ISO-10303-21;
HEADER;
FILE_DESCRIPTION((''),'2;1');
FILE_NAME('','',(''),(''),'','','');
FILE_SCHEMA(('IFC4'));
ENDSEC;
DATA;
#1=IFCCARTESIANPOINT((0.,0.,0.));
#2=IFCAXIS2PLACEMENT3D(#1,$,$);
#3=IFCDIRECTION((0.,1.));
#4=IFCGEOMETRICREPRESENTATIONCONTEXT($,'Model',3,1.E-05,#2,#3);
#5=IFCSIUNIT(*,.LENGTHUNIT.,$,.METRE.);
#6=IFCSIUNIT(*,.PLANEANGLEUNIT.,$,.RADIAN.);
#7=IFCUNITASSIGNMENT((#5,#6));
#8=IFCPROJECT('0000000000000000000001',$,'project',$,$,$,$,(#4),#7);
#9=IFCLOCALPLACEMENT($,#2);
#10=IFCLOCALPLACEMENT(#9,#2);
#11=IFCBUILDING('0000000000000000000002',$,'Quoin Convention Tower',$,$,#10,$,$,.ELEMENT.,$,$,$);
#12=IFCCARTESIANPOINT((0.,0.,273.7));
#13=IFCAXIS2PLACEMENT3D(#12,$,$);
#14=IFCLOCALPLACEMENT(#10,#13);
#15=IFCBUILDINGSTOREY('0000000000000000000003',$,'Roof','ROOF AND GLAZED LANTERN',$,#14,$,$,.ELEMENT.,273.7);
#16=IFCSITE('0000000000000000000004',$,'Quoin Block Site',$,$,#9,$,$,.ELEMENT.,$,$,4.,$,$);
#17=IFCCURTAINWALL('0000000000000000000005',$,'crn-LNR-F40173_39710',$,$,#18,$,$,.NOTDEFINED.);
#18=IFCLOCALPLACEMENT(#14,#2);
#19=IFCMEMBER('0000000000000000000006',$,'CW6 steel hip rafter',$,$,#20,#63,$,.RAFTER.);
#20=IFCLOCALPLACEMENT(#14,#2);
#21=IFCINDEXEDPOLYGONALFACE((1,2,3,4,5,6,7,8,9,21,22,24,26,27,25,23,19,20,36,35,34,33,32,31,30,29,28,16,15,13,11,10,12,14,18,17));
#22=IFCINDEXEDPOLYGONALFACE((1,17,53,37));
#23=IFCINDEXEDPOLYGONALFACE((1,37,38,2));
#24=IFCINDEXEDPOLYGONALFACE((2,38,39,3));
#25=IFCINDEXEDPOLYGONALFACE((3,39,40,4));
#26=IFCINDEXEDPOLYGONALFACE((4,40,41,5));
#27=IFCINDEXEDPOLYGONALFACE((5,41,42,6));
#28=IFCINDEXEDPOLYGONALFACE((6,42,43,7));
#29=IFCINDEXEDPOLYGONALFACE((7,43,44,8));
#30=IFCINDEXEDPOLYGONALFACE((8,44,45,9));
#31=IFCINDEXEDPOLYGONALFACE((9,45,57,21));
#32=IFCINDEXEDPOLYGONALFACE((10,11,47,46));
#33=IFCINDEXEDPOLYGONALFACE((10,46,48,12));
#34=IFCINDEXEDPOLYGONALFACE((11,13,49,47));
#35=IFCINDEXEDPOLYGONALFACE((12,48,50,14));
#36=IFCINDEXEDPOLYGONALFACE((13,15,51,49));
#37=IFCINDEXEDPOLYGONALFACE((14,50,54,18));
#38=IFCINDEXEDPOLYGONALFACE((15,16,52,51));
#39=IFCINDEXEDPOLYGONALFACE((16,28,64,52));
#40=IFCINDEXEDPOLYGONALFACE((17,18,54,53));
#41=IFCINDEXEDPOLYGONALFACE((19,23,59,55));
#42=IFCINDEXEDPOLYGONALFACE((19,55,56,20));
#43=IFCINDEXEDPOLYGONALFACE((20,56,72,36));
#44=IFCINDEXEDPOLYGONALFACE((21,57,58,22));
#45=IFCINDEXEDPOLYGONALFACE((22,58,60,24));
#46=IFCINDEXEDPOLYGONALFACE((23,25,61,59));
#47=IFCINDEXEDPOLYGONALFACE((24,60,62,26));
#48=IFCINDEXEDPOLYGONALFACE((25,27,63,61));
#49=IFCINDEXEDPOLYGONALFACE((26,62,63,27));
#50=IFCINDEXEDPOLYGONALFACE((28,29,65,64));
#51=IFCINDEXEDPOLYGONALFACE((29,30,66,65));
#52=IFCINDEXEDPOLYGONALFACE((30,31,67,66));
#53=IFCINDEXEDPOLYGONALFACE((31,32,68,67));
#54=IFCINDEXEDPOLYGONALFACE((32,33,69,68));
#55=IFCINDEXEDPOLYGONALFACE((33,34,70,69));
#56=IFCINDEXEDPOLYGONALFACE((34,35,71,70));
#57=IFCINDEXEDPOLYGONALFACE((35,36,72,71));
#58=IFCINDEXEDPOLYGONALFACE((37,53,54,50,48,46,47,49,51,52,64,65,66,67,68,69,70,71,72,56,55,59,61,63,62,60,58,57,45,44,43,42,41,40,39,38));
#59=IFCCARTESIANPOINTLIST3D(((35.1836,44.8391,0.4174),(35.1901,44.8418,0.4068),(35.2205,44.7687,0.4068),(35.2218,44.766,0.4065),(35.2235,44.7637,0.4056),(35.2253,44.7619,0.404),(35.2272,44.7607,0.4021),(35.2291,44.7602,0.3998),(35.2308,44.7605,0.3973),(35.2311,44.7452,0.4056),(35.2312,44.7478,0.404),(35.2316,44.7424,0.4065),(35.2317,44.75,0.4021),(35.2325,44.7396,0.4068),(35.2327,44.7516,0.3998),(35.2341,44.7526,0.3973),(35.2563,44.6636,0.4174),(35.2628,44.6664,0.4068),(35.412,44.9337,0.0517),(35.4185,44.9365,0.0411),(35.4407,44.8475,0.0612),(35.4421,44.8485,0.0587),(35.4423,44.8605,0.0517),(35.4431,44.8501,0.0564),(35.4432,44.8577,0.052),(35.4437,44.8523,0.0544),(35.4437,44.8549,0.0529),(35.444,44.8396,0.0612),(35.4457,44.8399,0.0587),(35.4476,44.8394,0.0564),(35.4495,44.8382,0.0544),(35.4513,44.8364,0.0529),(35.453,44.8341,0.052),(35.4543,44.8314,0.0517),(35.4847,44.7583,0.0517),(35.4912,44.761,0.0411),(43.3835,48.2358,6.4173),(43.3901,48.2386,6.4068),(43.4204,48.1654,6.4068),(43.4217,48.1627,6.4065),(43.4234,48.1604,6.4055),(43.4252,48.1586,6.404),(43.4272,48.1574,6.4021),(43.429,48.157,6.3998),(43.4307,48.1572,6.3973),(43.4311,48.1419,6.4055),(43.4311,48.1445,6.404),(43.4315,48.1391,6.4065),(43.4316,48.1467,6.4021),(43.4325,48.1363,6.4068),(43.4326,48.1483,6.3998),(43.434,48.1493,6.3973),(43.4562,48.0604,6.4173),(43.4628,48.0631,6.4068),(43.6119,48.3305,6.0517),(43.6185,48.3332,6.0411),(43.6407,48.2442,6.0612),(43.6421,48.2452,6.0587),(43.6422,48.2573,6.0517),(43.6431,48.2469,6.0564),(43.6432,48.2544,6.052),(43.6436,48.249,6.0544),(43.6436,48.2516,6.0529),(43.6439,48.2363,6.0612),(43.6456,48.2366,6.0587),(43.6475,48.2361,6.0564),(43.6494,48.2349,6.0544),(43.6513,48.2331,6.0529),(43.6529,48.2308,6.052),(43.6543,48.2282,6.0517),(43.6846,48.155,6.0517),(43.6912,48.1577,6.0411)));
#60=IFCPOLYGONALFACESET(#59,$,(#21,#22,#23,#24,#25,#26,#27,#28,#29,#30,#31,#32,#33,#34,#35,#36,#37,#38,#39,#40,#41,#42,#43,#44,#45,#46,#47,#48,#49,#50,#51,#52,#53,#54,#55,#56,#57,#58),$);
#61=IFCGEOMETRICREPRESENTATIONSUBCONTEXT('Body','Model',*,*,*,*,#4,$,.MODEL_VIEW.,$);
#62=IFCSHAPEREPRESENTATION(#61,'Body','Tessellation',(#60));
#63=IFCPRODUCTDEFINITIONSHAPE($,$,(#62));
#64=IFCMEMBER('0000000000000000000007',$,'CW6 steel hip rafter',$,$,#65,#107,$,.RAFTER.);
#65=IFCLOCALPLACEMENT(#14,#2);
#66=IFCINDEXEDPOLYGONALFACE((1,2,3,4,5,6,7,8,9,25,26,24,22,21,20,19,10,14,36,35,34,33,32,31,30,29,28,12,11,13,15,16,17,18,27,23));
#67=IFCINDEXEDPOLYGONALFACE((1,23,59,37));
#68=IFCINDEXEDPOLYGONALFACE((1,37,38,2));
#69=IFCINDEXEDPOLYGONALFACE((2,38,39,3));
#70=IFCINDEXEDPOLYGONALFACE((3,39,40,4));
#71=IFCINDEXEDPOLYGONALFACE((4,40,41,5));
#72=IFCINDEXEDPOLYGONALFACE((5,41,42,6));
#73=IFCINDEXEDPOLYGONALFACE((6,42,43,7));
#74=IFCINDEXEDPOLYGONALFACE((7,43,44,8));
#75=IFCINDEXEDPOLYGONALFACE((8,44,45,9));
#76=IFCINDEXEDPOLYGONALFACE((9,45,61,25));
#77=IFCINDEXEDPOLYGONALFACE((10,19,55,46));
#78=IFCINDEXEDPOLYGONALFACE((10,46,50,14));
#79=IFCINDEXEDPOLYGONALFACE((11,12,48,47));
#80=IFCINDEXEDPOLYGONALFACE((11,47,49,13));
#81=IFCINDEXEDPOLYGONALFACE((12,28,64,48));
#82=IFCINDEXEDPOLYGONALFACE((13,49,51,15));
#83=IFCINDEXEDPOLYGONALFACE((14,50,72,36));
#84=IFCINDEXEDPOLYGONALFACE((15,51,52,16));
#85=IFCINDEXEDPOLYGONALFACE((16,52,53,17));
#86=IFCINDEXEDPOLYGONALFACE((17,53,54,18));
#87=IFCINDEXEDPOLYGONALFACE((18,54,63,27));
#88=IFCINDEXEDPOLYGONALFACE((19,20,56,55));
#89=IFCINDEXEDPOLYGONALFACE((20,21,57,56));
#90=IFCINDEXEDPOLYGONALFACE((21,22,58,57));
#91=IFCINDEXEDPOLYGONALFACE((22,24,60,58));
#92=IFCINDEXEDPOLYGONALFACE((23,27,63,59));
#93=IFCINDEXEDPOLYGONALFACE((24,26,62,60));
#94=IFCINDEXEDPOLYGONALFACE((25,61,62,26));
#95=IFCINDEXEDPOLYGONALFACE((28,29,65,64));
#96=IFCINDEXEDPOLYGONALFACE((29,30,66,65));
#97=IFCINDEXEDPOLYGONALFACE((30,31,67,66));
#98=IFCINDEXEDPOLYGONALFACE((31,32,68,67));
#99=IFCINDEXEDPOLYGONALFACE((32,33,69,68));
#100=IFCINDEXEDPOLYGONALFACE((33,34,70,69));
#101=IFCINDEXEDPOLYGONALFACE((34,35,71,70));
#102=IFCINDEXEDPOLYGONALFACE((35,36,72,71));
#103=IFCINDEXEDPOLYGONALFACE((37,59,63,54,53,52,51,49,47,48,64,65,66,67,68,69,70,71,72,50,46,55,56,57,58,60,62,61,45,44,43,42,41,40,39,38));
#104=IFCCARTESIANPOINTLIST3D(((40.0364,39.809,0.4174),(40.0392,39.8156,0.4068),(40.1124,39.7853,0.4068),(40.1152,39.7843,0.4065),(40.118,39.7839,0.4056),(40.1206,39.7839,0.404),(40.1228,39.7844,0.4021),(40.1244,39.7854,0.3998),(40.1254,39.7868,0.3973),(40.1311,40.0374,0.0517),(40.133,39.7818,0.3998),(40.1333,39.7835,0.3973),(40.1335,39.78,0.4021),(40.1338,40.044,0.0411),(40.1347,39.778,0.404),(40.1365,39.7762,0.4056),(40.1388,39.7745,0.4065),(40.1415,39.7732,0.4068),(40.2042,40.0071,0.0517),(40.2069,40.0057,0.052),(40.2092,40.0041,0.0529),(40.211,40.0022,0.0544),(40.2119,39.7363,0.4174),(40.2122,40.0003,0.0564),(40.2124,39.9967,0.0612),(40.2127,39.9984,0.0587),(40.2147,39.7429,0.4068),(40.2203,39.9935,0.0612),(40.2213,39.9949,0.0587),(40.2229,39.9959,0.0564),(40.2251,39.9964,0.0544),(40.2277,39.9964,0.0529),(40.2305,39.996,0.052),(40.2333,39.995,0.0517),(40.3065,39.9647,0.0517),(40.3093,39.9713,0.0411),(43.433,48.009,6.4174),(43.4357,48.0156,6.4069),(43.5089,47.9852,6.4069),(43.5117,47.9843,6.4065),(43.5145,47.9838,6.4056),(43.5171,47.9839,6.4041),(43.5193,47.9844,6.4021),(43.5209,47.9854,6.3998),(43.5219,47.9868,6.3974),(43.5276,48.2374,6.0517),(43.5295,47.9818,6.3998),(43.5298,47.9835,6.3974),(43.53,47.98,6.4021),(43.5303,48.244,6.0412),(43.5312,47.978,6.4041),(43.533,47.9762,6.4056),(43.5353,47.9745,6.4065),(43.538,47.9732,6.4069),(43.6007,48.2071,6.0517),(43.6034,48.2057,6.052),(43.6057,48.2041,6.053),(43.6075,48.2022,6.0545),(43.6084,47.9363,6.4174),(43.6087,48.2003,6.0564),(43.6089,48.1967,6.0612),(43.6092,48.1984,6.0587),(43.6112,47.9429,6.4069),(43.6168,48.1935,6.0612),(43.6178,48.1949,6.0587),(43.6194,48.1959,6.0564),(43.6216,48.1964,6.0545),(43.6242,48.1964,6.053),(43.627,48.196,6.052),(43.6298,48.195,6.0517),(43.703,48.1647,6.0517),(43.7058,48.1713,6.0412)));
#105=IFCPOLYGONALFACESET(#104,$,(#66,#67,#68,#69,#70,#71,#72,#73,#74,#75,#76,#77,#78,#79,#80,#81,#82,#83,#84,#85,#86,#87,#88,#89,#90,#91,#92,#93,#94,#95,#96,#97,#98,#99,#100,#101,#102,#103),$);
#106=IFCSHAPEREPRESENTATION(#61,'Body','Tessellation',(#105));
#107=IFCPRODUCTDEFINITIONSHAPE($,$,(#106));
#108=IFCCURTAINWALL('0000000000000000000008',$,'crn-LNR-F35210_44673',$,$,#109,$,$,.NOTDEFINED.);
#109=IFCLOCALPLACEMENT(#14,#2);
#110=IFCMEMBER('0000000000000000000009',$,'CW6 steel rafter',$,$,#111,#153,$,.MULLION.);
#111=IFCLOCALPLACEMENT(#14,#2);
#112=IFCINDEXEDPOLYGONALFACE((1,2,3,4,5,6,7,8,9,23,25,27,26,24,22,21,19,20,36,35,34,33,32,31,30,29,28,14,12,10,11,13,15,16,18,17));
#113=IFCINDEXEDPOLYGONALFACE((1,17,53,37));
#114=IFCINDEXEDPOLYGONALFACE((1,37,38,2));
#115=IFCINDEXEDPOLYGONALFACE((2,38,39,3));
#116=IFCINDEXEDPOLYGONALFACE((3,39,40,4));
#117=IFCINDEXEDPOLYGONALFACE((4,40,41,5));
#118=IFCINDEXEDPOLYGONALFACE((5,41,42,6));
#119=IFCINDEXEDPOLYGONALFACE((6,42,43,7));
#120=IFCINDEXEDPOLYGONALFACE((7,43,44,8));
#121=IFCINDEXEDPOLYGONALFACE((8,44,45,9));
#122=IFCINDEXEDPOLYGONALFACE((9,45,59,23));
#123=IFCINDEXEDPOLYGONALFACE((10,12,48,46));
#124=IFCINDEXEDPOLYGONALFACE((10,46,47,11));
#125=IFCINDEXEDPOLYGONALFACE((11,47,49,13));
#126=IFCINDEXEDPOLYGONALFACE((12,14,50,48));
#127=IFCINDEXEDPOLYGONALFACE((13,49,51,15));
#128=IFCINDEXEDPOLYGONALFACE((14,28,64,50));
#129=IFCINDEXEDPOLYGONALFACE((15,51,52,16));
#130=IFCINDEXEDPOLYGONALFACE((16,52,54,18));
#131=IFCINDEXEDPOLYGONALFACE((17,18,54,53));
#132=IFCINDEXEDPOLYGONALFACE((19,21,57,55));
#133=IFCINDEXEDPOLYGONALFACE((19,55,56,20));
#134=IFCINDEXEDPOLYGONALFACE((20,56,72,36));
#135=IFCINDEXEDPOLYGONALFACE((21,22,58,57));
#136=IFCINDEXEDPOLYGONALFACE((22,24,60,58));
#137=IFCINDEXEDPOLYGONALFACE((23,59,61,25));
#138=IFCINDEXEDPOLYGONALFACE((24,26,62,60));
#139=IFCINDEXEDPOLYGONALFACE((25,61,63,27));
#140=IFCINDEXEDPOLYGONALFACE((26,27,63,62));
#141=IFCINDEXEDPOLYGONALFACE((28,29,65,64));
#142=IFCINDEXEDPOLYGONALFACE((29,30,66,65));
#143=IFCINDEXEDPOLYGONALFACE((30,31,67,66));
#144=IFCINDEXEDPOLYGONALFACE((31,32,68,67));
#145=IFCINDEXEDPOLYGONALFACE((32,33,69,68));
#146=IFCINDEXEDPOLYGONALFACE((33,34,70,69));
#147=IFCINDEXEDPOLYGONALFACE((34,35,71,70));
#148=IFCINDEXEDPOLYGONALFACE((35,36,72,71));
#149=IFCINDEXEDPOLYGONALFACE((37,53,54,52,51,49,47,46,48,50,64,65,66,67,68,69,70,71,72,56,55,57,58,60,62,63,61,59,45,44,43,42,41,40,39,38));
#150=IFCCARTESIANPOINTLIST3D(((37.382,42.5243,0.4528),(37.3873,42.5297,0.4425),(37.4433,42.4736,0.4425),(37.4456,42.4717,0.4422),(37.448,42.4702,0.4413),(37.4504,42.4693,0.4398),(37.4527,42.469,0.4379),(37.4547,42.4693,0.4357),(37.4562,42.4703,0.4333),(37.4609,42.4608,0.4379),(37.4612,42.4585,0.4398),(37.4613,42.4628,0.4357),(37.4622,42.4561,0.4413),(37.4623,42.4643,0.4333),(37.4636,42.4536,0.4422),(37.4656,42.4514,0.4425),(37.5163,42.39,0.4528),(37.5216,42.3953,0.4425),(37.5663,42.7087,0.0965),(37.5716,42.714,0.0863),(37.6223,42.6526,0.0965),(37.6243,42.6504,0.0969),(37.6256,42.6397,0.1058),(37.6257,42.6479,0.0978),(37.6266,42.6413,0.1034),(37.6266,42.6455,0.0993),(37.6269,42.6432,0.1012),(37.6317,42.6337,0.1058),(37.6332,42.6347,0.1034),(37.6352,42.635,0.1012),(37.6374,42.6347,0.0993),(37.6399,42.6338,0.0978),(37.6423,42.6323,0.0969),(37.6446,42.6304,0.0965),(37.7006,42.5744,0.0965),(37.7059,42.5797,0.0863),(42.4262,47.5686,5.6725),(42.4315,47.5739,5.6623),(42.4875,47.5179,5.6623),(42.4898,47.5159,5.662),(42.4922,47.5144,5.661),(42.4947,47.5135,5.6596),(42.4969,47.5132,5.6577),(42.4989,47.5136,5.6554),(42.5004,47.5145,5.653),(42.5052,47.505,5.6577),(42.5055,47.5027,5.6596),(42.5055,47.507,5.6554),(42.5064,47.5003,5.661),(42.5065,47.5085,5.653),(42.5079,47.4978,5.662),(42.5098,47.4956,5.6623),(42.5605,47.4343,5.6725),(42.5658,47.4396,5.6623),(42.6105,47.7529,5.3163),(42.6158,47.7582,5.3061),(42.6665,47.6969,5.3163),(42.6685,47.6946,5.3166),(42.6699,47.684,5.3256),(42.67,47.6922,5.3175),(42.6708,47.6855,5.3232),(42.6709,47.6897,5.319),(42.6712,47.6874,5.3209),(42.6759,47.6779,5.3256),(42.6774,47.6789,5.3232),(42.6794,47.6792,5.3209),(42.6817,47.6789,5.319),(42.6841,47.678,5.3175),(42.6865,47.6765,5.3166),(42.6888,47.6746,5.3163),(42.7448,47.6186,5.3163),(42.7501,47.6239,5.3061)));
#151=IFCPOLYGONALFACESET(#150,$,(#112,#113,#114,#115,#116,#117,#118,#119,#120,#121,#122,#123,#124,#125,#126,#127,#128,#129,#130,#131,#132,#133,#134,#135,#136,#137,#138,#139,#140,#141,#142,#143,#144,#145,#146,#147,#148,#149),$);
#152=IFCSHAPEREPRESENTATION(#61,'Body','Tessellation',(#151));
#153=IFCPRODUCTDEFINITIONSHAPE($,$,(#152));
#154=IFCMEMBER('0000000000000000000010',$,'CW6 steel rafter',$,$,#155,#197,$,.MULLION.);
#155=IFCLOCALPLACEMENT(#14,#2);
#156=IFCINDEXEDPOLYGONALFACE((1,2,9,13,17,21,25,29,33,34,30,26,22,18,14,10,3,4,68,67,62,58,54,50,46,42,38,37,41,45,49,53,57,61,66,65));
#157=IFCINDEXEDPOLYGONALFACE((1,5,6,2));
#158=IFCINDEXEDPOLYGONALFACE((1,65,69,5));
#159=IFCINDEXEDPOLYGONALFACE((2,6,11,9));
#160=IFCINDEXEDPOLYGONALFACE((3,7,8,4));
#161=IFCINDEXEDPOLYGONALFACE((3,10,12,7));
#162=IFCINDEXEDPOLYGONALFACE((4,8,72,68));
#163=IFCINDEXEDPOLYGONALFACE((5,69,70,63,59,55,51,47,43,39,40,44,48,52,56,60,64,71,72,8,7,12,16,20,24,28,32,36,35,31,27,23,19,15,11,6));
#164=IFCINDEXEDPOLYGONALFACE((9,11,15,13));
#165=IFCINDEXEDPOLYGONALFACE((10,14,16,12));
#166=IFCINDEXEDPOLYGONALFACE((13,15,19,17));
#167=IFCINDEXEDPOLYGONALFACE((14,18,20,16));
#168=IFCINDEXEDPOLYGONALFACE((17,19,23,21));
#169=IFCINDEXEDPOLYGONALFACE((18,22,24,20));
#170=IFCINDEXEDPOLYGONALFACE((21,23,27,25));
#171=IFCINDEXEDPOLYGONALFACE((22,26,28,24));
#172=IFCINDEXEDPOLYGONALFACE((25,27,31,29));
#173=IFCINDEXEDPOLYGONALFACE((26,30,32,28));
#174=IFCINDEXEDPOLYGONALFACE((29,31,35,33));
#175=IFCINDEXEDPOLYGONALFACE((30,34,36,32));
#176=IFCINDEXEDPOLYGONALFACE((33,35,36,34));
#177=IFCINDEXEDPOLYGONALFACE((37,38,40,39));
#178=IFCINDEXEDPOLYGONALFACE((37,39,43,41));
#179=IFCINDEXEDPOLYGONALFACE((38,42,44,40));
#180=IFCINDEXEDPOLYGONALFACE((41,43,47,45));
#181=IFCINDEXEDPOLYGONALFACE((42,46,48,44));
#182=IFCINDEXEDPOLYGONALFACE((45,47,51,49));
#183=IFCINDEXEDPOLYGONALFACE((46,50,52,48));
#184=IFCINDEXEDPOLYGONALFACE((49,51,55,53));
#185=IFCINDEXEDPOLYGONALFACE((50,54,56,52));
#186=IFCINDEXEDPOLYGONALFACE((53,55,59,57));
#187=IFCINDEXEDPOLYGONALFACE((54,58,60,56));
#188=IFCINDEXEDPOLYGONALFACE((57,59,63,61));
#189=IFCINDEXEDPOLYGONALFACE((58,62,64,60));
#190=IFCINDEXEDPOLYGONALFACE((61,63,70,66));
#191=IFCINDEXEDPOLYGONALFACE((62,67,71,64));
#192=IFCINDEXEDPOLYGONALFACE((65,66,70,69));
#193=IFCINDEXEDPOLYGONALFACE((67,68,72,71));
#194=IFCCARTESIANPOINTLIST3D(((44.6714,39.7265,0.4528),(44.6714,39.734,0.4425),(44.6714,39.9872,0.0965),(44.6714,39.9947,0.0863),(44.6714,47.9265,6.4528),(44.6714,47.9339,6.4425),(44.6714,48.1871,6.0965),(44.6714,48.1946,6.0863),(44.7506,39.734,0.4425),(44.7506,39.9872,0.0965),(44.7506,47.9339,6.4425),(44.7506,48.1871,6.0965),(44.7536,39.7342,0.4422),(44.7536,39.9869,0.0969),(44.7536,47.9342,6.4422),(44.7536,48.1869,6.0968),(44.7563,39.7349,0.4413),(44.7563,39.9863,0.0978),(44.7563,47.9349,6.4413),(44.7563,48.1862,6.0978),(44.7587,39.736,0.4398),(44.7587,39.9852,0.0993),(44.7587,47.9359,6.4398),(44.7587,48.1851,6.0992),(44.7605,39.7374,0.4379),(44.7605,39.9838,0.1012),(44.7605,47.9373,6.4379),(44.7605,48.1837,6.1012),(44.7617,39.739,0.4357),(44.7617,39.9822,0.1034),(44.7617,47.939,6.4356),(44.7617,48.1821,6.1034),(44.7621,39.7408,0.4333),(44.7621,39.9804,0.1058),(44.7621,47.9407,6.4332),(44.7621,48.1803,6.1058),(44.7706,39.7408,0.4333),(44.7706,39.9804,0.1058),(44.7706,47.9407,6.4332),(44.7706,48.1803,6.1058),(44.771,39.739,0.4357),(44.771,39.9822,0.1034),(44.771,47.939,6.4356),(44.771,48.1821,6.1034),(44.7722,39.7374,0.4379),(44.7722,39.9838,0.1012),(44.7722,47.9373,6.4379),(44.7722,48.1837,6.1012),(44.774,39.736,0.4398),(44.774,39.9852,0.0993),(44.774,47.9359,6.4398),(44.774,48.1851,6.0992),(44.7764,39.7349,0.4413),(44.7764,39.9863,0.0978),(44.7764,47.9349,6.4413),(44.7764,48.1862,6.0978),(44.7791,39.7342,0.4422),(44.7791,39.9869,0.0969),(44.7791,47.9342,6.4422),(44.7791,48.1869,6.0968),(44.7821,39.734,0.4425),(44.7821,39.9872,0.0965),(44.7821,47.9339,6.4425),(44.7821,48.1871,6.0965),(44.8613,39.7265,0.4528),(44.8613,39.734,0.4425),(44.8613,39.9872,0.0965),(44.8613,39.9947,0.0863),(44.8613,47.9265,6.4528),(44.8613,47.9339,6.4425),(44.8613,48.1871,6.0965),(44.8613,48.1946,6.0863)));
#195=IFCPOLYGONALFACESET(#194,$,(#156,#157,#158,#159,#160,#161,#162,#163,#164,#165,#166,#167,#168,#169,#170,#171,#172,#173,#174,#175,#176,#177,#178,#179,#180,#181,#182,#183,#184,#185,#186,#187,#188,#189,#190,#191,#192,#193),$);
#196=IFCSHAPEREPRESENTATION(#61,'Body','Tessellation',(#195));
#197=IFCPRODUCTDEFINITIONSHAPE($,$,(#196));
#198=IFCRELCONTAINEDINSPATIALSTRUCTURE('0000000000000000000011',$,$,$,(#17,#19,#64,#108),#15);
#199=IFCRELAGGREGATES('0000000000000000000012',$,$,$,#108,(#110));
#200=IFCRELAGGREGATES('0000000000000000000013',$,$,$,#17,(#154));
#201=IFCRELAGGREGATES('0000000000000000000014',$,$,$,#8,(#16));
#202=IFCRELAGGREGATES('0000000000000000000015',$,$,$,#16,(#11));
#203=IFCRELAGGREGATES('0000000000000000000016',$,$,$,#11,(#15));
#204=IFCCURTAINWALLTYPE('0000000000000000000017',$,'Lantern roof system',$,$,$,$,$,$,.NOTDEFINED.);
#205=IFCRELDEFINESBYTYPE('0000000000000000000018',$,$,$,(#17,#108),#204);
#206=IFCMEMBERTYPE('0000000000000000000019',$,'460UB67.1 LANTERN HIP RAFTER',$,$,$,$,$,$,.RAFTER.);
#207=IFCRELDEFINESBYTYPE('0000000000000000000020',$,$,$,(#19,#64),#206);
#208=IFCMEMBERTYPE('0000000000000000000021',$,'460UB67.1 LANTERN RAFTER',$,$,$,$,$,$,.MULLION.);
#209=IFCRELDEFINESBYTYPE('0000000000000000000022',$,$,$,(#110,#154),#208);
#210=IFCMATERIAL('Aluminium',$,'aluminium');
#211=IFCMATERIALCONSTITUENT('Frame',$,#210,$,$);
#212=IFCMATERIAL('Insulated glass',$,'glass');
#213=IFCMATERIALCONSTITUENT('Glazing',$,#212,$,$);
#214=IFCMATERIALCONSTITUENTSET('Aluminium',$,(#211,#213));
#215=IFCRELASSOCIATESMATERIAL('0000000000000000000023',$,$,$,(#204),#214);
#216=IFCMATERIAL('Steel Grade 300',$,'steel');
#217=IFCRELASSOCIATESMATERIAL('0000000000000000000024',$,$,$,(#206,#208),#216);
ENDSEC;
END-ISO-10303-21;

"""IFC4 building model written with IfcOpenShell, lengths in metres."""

from ifc_helpers import new_model, si_unit, direction, frame, origin, origin_2d, place, context, subcontext, project, spatial, i_section, extrude, material, constituent, constituent_set, material_profile, profile_set, type_object, element, aggregate, save


model = new_model("IFC4")

# Units and contexts
model_context = context("Model", 3, precision=1e-05, world=origin(), true_north=direction((0.0, 1.0)))
body_context = subcontext(model_context, "Body", "Model", "MODEL_VIEW")
ifc_project = project(units=[si_unit("LENGTHUNIT", "METRE"), si_unit("PLANEANGLEUNIT", "RADIAN")], contexts=[model_context])

# Site, building, storey
site_placement = place(None, origin())
site = spatial("IfcSite", under=ifc_project, at=site_placement, Name="Quoin Block Site", CompositionType="ELEMENT", RefElevation=4.0)
building_placement = place(site_placement, origin())
building = spatial("IfcBuilding", under=site, at=building_placement, Name="Quoin Convention Tower", CompositionType="ELEMENT")
storey_placement = place(building_placement, frame((0.0, 0.0, 273.7)))
storey = spatial("IfcBuildingStorey", under=building, at=storey_placement, Name="Roof", Description="ROOF AND GLAZED LANTERN", CompositionType="ELEMENT", Elevation=273.7)

# Shared definitions
ifc_material_1 = material(Name="Steel Grade 300", Category="steel")

# Curtain wall
ifc_material_2 = material(Name="Aluminium", Category="aluminium")
ifc_constituent_1 = constituent(ifc_material_2, Name="Frame")
ifc_material_3 = material(Name="Insulated glass", Category="glass")
ifc_constituent_2 = constituent(ifc_material_3, Name="Glazing")
ifc_constituent_set = constituent_set(constituents=[ifc_constituent_1, ifc_constituent_2], Name="Aluminium")
curtain_wall_type = type_object("IfcCurtainWallType", Name="Lantern roof system", PredefinedType="NOTDEFINED", material=ifc_constituent_set)
curtain_wall_1_placement = place(storey_placement, origin())
curtain_wall_1 = element("IfcCurtainWall", 1, at=curtain_wall_1_placement, inside=storey, type_object=curtain_wall_type, Name="crn-LNR-F40173_39710", PredefinedType="NOTDEFINED")

# Members
ifc_material_profile_1 = material_profile(ifc_material_1, i_section(OverallWidth=0.1899, OverallDepth=0.4541, WebThickness=0.0085, FlangeThickness=0.0127, FilletRadius=0.0115, at=origin_2d()), Name="460UB67.1")
ifc_profile_set_1 = profile_set([ifc_material_profile_1], Name="Steel Grade 300")
member_type_1 = type_object("IfcMemberType", Name="460UB67.1 LANTERN HIP RAFTER", PredefinedType="RAFTER", material=ifc_profile_set_1)
for number, where, z_axis, x_axis, name in (
    (2, (35.3374, 44.8, 0.2292), (0.765392, 0.317054, 0.560046), (-0.382702, 0.923872, 0.0), "CW6 steel hip rafter"),
    (3, (40.1729, 39.8901, 0.2292), (0.317034, 0.765397, 0.56005), (-0.923881, 0.382679, 0.0), "CW6 steel hip rafter"),
):
    element("IfcMember", number, at=place(storey_placement, frame(where, z_axis=z_axis, x_axis=x_axis)), inside=storey, type_object=member_type_1, Name=name, PredefinedType="RAFTER", context=body_context, shape_type="SweptSolid", body=[
        extrude(i_section(OverallWidth=0.1899, OverallDepth=0.4541, WebThickness=0.0085, FlangeThickness=0.0127, FilletRadius=0.0115, at=origin_2d()), origin(), (0.0, 0.0, 1.0), 10.7134),
    ])

# Curtain wall, member
curtain_wall_2_placement = place(storey_placement, origin())
curtain_wall_2 = element("IfcCurtainWall", 4, at=curtain_wall_2_placement, inside=storey, type_object=curtain_wall_type, Name="crn-LNR-F35210_44673", PredefinedType="NOTDEFINED")
ifc_material_profile_2 = material_profile(ifc_material_1, i_section(OverallWidth=0.1899, OverallDepth=0.4541, WebThickness=0.0085, FlangeThickness=0.0127, FilletRadius=0.0115, at=origin_2d()), Name="460UB67.1")
ifc_profile_set_2 = profile_set([ifc_material_profile_2], Name="Steel Grade 300")
member_type_2 = type_object("IfcMemberType", Name="460UB67.1 LANTERN RAFTER", PredefinedType="MULLION", material=ifc_profile_set_2)
member_1_placement = place(storey_placement, frame((37.5439, 42.552, 0.2695), z_axis=(0.570655, 0.570655, 0.590514), x_axis=(-0.707107, 0.707107, 0.0)))
member_1 = element("IfcMember", 5, at=member_1_placement, type_object=member_type_2, Name="CW6 steel rafter", PredefinedType="MULLION", context=body_context, shape_type="SweptSolid", body=[
    extrude(i_section(OverallWidth=0.1899, OverallDepth=0.4541, WebThickness=0.0085, FlangeThickness=0.0127, FilletRadius=0.0115, at=origin_2d()), origin(), (0.0, 0.0, 1.0), 8.8394),
])

# Member
member_2_placement = place(storey_placement, frame((44.7664, 39.8606, 0.2695), z_axis=(0.0, 0.807029, 0.590512), x_axis=(-1.0, 0.0, 0.0)))
member_2 = element("IfcMember", 6, at=member_2_placement, type_object=member_type_2, Name="CW6 steel rafter", PredefinedType="MULLION", context=body_context, shape_type="SweptSolid", body=[
    extrude(i_section(OverallWidth=0.1899, OverallDepth=0.4541, WebThickness=0.0085, FlangeThickness=0.0127, FilletRadius=0.0115, at=origin_2d()), origin(), (0.0, 0.0, 1.0), 10.1606),
])

aggregate(curtain_wall_2, [member_1])
aggregate(curtain_wall_1, [member_2])

save(model, "model.ifc")
